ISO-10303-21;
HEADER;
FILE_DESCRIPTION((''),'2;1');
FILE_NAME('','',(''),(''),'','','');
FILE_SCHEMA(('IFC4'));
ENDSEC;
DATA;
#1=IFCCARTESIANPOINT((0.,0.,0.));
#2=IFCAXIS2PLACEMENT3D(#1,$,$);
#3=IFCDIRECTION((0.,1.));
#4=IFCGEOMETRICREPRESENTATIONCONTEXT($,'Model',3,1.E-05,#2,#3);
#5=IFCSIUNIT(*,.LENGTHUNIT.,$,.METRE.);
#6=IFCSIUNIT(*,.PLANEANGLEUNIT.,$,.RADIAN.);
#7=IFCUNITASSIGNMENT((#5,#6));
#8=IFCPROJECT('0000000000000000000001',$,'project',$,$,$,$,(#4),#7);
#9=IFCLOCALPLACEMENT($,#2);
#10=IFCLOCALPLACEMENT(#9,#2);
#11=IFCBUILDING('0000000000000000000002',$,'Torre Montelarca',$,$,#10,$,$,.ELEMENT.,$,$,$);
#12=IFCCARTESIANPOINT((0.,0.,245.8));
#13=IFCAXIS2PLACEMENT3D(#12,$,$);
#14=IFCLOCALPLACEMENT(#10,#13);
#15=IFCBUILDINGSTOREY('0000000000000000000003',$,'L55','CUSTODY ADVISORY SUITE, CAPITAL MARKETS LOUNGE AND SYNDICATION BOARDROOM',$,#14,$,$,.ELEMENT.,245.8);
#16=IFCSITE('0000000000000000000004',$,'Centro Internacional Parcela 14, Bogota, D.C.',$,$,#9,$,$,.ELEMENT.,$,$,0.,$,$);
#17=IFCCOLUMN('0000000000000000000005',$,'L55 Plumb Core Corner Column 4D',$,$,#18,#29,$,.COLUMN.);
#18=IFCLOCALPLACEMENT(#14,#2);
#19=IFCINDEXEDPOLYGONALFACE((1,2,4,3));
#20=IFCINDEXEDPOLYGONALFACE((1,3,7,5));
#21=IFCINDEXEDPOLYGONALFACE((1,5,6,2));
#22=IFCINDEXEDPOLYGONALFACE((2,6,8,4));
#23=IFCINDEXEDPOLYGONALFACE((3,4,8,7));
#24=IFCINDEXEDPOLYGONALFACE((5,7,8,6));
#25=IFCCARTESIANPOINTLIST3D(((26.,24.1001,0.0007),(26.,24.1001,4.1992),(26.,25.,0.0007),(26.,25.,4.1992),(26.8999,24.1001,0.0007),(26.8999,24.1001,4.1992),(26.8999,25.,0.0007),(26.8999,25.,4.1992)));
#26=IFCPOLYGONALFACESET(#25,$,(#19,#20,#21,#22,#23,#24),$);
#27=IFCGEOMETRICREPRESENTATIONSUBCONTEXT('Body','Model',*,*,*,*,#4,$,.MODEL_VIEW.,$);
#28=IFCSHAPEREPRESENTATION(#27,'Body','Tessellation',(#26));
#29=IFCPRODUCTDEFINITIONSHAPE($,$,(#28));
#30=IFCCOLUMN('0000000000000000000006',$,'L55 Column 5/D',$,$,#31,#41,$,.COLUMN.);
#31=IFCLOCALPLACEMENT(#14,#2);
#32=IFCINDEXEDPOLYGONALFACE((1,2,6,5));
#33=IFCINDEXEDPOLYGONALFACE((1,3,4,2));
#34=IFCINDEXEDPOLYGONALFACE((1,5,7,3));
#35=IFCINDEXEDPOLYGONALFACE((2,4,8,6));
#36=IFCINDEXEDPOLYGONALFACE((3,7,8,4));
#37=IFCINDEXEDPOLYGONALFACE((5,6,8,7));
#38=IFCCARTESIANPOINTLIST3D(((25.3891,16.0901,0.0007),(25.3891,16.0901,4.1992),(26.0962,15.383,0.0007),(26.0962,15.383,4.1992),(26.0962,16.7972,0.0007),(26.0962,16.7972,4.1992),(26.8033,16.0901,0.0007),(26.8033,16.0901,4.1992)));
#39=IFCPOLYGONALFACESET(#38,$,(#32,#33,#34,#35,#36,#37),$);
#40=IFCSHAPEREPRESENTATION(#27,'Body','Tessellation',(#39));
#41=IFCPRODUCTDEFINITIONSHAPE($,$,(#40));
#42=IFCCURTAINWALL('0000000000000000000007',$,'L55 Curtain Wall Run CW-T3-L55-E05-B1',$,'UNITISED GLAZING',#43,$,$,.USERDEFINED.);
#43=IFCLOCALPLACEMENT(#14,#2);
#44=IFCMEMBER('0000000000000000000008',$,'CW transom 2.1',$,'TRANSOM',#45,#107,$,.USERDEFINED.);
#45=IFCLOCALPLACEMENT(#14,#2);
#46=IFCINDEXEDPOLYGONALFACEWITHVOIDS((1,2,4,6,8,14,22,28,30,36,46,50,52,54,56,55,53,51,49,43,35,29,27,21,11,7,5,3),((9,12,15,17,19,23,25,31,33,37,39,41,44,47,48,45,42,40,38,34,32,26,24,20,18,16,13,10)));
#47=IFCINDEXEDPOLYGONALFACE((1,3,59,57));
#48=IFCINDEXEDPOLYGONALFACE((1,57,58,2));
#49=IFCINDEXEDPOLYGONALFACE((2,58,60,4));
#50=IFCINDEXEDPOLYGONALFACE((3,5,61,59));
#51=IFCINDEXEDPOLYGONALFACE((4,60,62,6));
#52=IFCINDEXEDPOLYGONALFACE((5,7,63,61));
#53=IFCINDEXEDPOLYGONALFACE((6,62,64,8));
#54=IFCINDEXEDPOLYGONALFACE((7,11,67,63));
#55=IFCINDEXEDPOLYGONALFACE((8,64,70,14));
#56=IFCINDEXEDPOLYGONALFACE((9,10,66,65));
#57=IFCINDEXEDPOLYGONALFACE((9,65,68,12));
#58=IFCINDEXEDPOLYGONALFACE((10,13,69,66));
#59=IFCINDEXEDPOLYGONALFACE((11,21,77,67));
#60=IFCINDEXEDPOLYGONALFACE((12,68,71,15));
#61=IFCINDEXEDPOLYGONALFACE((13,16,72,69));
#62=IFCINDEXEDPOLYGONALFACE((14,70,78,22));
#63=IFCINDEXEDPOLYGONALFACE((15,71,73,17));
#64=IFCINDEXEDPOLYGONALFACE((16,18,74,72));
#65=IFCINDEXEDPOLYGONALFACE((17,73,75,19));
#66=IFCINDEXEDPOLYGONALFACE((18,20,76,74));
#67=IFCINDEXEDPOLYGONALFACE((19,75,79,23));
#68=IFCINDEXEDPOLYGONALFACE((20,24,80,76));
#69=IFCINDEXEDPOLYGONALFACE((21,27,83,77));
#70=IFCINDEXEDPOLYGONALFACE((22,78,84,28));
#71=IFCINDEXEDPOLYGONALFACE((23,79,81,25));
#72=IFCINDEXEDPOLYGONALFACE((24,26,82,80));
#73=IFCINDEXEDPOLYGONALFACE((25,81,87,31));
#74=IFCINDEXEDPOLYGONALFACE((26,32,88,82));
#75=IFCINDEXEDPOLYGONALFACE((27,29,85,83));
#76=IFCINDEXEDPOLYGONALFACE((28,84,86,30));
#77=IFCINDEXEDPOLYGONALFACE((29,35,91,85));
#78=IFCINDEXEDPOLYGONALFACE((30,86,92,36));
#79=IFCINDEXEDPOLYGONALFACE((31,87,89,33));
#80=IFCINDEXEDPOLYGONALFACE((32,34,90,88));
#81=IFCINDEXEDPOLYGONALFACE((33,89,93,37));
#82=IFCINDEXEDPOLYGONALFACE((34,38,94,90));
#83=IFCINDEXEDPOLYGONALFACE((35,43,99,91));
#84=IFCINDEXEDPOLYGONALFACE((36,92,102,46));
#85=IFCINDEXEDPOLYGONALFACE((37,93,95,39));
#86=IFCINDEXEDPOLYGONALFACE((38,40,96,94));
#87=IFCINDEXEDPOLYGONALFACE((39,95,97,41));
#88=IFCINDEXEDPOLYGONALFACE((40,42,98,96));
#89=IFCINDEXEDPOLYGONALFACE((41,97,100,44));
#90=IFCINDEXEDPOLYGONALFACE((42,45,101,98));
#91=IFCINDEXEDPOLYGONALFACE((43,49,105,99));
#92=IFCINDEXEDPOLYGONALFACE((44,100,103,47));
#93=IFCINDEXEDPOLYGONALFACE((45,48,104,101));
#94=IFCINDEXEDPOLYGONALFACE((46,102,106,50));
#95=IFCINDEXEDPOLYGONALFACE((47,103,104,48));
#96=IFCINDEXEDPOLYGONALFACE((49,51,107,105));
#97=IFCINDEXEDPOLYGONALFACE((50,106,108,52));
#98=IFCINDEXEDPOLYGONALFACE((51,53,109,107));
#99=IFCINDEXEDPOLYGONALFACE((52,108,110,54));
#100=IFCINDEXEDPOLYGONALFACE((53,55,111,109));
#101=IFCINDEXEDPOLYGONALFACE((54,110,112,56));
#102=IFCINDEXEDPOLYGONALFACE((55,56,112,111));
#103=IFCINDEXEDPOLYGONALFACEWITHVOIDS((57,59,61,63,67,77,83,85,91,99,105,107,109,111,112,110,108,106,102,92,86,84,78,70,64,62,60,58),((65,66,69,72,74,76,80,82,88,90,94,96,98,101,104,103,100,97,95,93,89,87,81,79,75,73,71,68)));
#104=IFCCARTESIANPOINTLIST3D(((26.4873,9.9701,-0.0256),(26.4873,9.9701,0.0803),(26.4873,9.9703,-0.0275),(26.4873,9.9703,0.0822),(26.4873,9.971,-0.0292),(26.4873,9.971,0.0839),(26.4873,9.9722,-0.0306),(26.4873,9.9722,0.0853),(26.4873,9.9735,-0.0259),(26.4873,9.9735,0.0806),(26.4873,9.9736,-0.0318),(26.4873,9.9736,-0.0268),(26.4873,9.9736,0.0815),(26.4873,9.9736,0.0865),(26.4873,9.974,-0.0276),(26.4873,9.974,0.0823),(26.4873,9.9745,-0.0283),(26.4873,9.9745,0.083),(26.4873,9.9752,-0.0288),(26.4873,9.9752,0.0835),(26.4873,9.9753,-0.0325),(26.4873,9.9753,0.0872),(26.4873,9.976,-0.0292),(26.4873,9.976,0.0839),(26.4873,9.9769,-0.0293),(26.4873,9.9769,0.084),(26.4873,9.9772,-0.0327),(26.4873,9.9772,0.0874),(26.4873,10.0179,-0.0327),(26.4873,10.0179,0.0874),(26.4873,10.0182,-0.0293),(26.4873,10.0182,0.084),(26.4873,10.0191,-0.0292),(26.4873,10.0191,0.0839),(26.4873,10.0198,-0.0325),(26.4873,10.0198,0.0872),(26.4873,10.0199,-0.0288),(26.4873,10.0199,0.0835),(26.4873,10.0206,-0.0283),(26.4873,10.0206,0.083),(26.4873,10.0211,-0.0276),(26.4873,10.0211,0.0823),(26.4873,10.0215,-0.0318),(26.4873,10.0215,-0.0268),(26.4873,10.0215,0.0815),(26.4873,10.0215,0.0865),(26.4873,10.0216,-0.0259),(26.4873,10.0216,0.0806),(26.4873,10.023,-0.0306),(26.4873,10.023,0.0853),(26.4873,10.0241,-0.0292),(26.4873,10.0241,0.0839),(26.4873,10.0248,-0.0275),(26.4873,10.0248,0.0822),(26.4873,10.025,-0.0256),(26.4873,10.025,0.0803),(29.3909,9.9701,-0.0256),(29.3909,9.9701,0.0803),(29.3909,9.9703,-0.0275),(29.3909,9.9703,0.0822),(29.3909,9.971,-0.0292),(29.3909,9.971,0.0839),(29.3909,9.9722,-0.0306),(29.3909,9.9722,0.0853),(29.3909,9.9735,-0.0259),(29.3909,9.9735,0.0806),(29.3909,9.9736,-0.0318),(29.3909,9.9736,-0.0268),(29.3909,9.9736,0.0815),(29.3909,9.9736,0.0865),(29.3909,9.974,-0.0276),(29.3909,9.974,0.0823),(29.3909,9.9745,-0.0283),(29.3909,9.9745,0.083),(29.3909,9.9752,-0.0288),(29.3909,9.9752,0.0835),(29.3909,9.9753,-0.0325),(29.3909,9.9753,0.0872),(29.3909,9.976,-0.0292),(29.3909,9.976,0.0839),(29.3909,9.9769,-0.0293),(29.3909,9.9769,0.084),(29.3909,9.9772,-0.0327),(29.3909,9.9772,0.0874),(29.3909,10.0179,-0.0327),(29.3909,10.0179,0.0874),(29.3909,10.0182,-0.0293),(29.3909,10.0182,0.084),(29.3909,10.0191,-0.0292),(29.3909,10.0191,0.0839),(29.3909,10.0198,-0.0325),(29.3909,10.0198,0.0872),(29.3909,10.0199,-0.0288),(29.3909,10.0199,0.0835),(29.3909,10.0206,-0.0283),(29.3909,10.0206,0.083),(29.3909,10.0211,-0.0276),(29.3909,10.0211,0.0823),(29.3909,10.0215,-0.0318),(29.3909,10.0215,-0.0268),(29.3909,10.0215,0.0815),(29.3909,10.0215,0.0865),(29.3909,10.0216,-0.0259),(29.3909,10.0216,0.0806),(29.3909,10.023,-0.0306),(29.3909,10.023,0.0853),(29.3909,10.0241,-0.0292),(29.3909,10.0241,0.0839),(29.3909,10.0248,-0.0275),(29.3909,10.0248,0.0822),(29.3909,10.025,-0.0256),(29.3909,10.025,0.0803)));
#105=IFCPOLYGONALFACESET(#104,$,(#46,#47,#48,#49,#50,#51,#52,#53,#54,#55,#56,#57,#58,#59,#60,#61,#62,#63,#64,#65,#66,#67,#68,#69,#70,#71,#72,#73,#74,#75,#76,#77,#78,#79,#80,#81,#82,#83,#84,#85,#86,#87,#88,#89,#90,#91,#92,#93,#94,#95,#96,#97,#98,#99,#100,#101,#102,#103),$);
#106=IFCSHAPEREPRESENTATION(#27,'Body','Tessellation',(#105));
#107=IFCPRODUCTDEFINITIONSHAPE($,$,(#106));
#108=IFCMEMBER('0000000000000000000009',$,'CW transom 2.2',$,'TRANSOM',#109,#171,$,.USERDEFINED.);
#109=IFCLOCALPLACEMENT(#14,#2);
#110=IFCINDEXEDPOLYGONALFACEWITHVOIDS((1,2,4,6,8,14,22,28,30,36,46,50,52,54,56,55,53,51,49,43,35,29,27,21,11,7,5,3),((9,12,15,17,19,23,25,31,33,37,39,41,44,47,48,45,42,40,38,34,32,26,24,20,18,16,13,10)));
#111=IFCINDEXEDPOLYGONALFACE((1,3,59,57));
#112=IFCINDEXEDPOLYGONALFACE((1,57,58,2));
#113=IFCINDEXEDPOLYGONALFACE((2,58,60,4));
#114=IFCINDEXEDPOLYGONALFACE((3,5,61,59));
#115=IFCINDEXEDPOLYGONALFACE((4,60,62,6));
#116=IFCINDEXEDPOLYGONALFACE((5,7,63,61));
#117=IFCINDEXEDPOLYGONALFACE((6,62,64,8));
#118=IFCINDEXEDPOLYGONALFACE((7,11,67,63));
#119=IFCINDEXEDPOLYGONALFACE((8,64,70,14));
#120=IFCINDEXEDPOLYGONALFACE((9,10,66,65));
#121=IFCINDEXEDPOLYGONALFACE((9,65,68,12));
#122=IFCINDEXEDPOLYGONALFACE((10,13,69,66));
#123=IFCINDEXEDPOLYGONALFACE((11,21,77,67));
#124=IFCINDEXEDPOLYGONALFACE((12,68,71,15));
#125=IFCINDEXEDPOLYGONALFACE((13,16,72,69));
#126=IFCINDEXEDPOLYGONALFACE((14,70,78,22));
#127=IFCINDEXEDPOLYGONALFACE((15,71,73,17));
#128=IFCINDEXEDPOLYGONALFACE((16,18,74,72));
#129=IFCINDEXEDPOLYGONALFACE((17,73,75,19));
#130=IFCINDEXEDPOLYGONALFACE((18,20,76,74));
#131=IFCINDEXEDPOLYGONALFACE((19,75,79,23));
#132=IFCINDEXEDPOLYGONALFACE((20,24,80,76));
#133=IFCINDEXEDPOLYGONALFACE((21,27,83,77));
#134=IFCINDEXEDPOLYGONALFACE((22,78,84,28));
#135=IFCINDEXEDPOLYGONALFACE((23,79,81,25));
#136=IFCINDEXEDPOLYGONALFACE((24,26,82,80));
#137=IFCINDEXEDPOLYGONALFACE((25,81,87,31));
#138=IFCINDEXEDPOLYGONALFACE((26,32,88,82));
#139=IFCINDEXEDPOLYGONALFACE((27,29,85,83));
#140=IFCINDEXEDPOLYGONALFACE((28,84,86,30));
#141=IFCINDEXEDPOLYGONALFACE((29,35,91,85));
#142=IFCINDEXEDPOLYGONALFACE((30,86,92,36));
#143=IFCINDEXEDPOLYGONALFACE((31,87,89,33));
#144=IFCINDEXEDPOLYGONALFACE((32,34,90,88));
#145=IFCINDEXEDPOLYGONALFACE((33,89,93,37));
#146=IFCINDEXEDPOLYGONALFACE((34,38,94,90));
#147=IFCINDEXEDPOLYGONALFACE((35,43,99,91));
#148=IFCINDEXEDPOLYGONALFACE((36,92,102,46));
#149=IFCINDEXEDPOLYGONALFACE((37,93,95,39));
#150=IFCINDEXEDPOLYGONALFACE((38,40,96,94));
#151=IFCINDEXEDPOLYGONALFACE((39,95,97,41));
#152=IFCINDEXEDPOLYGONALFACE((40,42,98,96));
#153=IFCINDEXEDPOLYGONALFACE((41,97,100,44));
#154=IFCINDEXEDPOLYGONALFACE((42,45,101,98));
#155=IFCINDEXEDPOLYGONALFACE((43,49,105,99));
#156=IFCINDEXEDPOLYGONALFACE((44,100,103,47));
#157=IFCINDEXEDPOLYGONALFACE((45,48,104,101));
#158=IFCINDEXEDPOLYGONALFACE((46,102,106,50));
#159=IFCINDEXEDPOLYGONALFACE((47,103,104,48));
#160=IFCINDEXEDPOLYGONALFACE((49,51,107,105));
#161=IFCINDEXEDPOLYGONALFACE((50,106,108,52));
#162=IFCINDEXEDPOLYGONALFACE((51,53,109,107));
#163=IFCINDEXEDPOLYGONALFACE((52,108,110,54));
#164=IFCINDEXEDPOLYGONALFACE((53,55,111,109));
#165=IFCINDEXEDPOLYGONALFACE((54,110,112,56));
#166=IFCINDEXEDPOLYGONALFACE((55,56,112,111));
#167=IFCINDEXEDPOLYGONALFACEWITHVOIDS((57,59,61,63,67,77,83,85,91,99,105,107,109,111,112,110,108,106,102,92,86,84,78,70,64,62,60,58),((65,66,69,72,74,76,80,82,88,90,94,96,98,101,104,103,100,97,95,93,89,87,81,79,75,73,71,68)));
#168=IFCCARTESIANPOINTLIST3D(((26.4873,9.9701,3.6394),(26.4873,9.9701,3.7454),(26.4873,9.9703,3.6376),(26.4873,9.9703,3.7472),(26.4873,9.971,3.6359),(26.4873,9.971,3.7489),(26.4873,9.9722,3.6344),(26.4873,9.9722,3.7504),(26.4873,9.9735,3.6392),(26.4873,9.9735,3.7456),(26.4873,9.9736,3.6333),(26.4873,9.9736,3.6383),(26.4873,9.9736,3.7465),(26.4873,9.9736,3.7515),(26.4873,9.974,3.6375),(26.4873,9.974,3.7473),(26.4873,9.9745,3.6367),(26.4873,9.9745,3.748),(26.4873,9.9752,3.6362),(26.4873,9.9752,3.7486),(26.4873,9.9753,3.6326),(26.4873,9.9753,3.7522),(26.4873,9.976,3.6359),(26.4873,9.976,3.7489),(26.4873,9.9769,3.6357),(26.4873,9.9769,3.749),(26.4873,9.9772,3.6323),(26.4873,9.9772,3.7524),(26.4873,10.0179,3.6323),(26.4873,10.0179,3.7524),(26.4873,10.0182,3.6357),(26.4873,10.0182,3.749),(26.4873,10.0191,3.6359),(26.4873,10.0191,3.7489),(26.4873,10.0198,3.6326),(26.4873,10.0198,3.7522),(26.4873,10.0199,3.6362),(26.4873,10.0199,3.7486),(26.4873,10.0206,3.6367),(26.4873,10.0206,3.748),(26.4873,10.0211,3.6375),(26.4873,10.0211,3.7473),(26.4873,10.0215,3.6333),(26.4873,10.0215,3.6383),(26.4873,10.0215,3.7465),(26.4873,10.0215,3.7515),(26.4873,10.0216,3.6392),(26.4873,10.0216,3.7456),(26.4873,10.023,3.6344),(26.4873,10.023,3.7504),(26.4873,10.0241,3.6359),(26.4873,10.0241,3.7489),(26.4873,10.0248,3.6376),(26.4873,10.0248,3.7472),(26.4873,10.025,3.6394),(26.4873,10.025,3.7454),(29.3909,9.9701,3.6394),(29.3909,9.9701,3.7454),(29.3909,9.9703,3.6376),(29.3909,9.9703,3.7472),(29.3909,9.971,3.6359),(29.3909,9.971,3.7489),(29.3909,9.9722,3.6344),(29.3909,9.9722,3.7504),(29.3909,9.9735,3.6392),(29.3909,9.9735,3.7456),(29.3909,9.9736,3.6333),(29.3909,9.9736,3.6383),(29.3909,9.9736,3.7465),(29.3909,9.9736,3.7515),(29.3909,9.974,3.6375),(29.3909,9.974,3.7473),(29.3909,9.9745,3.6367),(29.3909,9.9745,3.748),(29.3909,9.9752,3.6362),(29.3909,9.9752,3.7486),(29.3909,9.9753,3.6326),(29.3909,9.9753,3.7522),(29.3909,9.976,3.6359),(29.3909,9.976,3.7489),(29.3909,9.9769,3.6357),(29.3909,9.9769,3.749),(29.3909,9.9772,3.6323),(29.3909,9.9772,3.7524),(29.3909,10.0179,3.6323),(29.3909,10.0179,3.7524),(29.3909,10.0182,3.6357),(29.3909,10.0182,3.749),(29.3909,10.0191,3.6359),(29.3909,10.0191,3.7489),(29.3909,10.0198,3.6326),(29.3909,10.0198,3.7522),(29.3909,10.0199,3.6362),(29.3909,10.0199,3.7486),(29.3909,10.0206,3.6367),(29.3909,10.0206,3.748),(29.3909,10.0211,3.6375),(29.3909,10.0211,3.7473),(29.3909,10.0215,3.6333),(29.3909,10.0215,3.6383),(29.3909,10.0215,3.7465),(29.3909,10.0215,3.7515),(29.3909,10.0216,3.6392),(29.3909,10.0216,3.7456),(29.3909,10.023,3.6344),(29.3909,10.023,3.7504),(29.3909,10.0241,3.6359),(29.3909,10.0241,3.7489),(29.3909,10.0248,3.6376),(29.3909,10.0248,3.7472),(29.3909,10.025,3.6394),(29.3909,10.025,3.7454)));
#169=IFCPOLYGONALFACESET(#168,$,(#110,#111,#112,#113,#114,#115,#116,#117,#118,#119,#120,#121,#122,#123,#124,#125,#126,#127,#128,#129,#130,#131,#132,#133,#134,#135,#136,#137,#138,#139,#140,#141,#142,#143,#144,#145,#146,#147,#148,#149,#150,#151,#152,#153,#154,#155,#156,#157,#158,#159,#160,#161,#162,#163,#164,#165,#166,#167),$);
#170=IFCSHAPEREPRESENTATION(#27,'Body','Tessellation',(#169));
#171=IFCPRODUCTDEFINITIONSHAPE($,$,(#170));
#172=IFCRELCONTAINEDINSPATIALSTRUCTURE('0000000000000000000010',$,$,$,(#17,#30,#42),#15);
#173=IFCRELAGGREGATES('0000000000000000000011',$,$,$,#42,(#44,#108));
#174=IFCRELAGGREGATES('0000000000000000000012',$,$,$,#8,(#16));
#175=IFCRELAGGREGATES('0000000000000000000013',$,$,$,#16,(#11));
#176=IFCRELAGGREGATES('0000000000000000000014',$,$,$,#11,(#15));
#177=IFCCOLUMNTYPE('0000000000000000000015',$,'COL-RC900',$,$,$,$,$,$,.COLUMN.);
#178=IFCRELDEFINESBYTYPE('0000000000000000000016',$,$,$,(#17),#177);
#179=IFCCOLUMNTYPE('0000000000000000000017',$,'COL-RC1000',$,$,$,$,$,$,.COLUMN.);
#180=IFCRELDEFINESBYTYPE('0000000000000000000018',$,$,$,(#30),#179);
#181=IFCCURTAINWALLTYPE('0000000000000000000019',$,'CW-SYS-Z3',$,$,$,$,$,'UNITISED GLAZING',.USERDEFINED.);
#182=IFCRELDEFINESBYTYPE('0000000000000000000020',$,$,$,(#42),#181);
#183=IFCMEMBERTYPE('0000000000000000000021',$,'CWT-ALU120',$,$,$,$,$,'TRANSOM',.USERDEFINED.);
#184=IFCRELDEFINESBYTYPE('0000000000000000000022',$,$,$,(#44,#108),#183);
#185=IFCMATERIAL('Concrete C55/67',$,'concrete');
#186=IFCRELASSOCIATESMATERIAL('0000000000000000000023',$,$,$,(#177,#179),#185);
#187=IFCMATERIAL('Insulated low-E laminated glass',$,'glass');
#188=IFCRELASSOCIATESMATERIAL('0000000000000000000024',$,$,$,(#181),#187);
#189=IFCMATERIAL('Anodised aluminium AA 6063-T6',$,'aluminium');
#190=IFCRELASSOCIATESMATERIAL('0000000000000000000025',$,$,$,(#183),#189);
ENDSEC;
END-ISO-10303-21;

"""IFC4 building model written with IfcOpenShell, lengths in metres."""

from ifc_helpers import new_model, si_unit, direction, frame, origin, origin_2d, place, context, subcontext, project, spatial, rectangle, hollow_rectangle, extrude, source, transform, mapped, material, material_profile, profile_set, type_object, element, aggregate, save


model = new_model("IFC4")

# Units and contexts
model_context = context("Model", 3, precision=1e-05, world=origin(), true_north=direction((0.0, 1.0)))
body_context = subcontext(model_context, "Body", "Model", "MODEL_VIEW")
ifc_project = project(units=[si_unit("LENGTHUNIT", "METRE"), si_unit("PLANEANGLEUNIT", "RADIAN")], contexts=[model_context])

# Site, building, storey
site_placement = place(None, origin())
site = spatial("IfcSite", under=ifc_project, at=site_placement, Name="Centro Internacional Parcela 14, Bogota, D.C.", CompositionType="ELEMENT", RefElevation=0.0)
building_placement = place(site_placement, origin())
building = spatial("IfcBuilding", under=site, at=building_placement, Name="Torre Montelarca", CompositionType="ELEMENT")
storey_placement = place(building_placement, frame((0.0, 0.0, 245.8)))
storey = spatial("IfcBuildingStorey", under=building, at=storey_placement, Name="L55", Description="CUSTODY ADVISORY SUITE, CAPITAL MARKETS LOUNGE AND SYNDICATION BOARDROOM", CompositionType="ELEMENT", Elevation=245.8)

# Columns
ifc_material_1 = material(Name="Concrete C55/67", Category="concrete")
ifc_material_profile_1 = material_profile(ifc_material_1, rectangle(XDim=0.8999, YDim=0.8999, at=origin_2d()), Name="RC900X900", Category="concrete")
ifc_profile_set_1 = profile_set([ifc_material_profile_1], Name="Concrete C55/67")
column_type_1 = type_object("IfcColumnType", Name="COL-RC900", PredefinedType="COLUMN", material=ifc_profile_set_1)
shared_shape_1 = source(origin(), body_context, "Body", "SweptSolid", [
    extrude(rectangle(XDim=0.8999, YDim=0.8999, at=origin_2d()), origin(), (0.0, 0.0, 1.0), 4.1985),
])
column_1_placement = place(storey_placement, frame((26.45, 24.55, 0.0007), z_axis=(0.0, 0.0, 1.0), x_axis=(1.0, 0.0, 0.0)))
element("IfcColumn", 1, at=column_1_placement, inside=storey, type_object=column_type_1, Name="L55 Plumb Core Corner Column 4D", PredefinedType="COLUMN", context=body_context, shape_type="MappedRepresentation", body=[
    mapped(shared_shape_1, transform((0.0, 0.0, 0.0), scale=1.0)),
])
ifc_material_profile_2 = material_profile(ifc_material_1, rectangle(XDim=1.0, YDim=1.0, at=origin_2d()), Name="RC1000X1000", Category="concrete")
ifc_profile_set_2 = profile_set([ifc_material_profile_2], Name="Concrete C55/67")
column_type_2 = type_object("IfcColumnType", Name="COL-RC1000", PredefinedType="COLUMN", material=ifc_profile_set_2)
shared_shape_2 = source(origin(), body_context, "Body", "SweptSolid", [
    extrude(rectangle(XDim=1.0, YDim=1.0, at=origin_2d()), origin(), (0.0, 0.0, 1.0), 4.1985),
])
column_2_placement = place(storey_placement, frame((26.0962, 16.0901, 0.0007), z_axis=(0.0, 0.0, 1.0), x_axis=(-0.707107, 0.707107, 0.0)))
element("IfcColumn", 2, at=column_2_placement, inside=storey, type_object=column_type_2, Name="L55 Column 5/D", PredefinedType="COLUMN", context=body_context, shape_type="MappedRepresentation", body=[
    mapped(shared_shape_2, transform((0.0, 0.0, 0.0), scale=1.0)),
])

# Curtain wall, members
ifc_material_2 = material(Name="Insulated low-E laminated glass", Category="glass")
curtain_wall_type = type_object("IfcCurtainWallType", Name="CW-SYS-Z3", ElementType="UNITISED GLAZING", PredefinedType="USERDEFINED", material=ifc_material_2)
curtain_wall_1_placement = place(storey_placement, origin())
curtain_wall_1 = element("IfcCurtainWall", 3, at=curtain_wall_1_placement, inside=storey, type_object=curtain_wall_type, Name="L55 Curtain Wall Run CW-T3-L55-E05-B1", ObjectType="UNITISED GLAZING", PredefinedType="USERDEFINED")
ifc_material_3 = material(Name="Anodised aluminium AA 6063-T6", Category="aluminium")
ifc_material_profile_3 = material_profile(ifc_material_3, hollow_rectangle(XDim=0.0549, YDim=0.1201, WallThickness=0.0034, InnerFilletRadius=0.0034, OuterFilletRadius=0.0071, at=origin_2d()), Name="ALU55X120X3.5", Category="aluminium")
ifc_profile_set_3 = profile_set([ifc_material_profile_3], Name="Anodised aluminium AA 6063-T6")
member_type_1 = type_object("IfcMemberType", Name="CWT-ALU120", ElementType="TRANSOM", PredefinedType="USERDEFINED", material=ifc_profile_set_3)
shared_shape_3 = source(origin(), body_context, "Body", "SweptSolid", [
    extrude(hollow_rectangle(XDim=0.0549, YDim=0.1201, WallThickness=0.0034, InnerFilletRadius=0.0034, OuterFilletRadius=0.0071, at=origin_2d()), origin(), (0.0, 0.0, 1.0), 2.9036),
])
member_1_placement = place(storey_placement, frame((26.4873, 9.9976, 0.0273), z_axis=(1.0, 0.0, 0.0), x_axis=(0.0, 1.0, 0.0)))
member_1 = element("IfcMember", 4, at=member_1_placement, type_object=member_type_1, Name="CW transom 2.1", ObjectType="TRANSOM", PredefinedType="USERDEFINED", context=body_context, shape_type="MappedRepresentation", body=[
    mapped(shared_shape_3, transform((0.0, 0.0, 0.0), scale=1.0)),
])
member_2_placement = place(storey_placement, frame((26.4873, 9.9976, 3.6924), z_axis=(1.0, 0.0, 0.0), x_axis=(0.0, 1.0, 0.0)))
member_2 = element("IfcMember", 5, at=member_2_placement, type_object=member_type_1, Name="CW transom 2.2", ObjectType="TRANSOM", PredefinedType="USERDEFINED", context=body_context, shape_type="MappedRepresentation", body=[
    mapped(shared_shape_3, transform((0.0, 0.0, 0.0), scale=1.0)),
])

aggregate(curtain_wall_1, [member_1, member_2])

save(model, "model.ifc")
